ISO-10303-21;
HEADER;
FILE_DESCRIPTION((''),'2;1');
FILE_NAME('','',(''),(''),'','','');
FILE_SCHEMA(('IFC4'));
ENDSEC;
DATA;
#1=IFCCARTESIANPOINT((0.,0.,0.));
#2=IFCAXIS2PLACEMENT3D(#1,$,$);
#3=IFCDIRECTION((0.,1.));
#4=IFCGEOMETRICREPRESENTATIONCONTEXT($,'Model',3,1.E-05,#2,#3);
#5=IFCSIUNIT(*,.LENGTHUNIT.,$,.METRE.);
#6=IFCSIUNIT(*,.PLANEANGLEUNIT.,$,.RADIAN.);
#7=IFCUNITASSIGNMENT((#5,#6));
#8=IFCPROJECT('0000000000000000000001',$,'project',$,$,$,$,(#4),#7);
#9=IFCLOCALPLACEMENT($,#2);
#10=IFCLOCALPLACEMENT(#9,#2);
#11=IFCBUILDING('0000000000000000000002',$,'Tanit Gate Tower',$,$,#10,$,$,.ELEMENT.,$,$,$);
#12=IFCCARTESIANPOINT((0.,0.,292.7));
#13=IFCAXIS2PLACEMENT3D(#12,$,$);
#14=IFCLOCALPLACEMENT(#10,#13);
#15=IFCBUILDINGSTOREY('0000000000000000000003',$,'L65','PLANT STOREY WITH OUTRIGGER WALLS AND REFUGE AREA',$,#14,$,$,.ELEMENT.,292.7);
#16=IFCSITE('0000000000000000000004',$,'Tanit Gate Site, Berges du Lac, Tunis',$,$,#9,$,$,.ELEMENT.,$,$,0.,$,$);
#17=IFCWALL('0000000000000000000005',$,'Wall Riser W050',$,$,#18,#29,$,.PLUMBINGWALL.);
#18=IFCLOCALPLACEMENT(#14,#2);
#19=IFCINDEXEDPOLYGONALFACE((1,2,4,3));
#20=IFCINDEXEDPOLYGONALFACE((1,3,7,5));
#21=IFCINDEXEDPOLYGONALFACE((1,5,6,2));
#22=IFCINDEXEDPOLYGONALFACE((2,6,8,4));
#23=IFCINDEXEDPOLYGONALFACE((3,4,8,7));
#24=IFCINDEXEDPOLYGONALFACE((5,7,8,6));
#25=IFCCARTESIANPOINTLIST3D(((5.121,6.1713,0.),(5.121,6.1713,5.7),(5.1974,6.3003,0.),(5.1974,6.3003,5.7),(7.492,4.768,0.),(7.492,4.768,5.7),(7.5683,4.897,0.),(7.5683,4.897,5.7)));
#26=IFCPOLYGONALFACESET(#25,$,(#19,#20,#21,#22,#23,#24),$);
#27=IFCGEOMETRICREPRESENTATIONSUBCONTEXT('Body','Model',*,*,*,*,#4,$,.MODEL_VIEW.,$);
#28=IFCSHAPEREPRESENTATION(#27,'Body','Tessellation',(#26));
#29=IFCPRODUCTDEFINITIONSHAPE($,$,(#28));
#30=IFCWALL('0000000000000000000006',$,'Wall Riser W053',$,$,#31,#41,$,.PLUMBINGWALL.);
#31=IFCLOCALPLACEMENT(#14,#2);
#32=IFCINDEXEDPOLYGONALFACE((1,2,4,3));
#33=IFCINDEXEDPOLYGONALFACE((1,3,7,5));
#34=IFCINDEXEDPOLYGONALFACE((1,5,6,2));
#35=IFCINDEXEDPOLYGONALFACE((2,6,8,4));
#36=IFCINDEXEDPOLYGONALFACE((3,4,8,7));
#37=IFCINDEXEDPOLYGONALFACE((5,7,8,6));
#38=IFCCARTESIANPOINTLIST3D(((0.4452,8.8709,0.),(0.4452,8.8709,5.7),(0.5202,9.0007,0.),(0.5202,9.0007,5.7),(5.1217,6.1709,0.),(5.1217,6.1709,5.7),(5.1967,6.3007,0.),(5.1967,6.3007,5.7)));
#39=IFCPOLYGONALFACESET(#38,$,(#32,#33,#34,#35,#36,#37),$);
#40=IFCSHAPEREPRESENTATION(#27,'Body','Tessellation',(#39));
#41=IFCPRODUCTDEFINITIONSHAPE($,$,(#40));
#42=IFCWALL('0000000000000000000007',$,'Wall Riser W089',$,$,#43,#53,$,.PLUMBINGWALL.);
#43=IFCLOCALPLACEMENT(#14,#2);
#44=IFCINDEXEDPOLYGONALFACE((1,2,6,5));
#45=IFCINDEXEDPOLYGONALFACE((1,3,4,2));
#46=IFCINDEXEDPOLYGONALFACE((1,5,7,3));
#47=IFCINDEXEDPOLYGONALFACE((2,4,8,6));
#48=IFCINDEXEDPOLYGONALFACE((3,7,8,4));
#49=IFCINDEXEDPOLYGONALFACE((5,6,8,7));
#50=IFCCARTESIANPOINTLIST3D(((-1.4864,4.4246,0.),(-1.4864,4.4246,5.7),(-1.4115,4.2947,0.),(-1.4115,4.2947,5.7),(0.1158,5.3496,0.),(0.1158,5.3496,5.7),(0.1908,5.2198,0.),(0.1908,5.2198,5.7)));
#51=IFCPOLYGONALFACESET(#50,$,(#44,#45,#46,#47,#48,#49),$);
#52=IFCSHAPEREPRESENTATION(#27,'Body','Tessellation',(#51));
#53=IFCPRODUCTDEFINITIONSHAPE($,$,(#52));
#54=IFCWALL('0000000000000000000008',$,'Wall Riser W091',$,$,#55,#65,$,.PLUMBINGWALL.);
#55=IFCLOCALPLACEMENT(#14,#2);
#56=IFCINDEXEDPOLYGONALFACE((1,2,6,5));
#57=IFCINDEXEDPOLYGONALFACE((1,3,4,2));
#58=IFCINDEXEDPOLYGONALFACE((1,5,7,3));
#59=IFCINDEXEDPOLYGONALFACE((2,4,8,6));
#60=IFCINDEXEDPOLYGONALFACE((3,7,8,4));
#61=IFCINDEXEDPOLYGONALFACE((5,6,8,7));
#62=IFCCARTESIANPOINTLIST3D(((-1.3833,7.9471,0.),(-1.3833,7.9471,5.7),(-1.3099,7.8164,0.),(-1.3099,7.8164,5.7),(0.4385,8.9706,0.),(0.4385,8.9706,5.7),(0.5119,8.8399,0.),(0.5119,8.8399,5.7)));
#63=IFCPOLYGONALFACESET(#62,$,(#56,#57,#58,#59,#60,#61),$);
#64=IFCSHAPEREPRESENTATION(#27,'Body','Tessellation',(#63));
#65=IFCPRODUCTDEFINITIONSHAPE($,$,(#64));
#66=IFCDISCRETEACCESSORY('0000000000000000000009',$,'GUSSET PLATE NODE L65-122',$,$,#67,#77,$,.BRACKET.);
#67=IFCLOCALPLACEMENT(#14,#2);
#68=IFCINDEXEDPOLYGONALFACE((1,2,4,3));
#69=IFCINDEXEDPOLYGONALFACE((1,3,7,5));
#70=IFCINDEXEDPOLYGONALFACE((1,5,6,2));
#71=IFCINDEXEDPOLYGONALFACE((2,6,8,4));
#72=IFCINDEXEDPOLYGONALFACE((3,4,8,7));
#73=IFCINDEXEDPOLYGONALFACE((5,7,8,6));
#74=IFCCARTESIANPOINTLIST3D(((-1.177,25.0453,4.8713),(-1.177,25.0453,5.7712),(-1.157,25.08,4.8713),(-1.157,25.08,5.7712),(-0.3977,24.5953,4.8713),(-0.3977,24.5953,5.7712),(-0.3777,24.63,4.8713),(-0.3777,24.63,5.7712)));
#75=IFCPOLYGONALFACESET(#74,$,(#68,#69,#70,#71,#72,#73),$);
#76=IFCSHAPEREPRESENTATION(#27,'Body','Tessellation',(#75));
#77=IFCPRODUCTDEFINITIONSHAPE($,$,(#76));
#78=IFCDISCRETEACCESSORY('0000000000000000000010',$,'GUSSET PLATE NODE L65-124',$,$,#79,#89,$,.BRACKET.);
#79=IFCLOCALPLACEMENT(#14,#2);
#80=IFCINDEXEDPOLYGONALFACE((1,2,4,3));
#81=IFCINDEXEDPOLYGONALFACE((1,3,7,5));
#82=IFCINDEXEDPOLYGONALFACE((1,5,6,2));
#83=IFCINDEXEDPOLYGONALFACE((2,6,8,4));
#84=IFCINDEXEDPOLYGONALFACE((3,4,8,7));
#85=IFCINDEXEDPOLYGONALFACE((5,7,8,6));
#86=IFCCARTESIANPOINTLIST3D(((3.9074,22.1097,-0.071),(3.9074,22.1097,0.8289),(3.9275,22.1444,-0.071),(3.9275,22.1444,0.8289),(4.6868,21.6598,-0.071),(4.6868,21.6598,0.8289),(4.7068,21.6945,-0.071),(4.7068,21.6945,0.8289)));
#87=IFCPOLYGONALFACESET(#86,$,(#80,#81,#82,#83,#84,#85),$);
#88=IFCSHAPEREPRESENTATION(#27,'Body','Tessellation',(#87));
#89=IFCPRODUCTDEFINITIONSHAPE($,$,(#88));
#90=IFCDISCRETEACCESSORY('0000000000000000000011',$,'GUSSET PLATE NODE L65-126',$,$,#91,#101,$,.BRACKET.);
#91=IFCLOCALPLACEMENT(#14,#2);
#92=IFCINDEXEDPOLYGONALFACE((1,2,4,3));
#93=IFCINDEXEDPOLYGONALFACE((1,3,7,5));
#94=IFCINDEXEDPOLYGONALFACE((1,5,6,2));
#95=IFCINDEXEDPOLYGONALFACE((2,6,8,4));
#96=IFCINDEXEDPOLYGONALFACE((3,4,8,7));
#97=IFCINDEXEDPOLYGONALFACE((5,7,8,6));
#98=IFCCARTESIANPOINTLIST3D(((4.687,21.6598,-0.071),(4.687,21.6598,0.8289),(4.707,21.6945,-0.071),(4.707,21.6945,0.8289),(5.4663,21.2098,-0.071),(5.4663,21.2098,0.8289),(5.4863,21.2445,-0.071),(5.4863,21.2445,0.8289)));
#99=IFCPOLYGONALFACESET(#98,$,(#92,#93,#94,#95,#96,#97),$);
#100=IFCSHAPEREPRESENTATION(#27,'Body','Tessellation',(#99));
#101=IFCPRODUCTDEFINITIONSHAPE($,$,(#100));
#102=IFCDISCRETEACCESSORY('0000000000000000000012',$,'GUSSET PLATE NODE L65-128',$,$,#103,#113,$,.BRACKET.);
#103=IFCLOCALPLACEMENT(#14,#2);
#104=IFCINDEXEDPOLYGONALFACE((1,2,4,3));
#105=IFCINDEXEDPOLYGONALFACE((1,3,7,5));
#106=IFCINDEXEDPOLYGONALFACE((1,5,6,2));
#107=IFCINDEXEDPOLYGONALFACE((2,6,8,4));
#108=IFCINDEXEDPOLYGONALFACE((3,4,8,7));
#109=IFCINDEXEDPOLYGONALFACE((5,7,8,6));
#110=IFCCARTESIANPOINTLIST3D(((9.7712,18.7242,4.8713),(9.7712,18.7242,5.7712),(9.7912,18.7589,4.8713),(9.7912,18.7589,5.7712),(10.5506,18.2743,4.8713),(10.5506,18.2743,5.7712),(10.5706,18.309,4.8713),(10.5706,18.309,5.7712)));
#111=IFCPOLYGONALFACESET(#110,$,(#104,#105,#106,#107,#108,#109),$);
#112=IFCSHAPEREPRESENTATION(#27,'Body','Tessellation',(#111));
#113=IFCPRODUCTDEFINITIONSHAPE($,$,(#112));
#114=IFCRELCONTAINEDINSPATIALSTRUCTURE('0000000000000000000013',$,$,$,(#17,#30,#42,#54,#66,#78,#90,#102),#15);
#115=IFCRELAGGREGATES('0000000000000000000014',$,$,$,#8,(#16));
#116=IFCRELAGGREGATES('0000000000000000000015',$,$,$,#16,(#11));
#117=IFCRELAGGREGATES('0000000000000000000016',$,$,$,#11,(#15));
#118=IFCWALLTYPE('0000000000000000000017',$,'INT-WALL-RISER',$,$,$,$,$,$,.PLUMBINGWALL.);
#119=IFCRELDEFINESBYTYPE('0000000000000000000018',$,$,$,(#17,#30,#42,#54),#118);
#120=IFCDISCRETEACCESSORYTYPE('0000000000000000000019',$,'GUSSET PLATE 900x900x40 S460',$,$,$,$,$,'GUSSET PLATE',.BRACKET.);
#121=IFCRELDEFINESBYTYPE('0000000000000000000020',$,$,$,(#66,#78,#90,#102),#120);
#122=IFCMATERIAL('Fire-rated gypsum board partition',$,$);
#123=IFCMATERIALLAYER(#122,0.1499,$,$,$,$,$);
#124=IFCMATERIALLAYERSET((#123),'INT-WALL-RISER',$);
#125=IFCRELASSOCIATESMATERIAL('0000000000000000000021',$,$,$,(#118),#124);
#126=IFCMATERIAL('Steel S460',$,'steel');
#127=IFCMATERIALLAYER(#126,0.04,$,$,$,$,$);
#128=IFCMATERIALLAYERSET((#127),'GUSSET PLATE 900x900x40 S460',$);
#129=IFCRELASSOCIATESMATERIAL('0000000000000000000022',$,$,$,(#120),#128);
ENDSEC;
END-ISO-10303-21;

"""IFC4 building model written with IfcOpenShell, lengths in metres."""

from ifc_helpers import new_model, si_unit, direction, frame, frame_2d, origin, origin_2d, place, context, subcontext, project, spatial, rectangle, extrude, material, layer, layer_set, type_object, element, save


model = new_model("IFC4")

# Units and contexts
model_context = context("Model", 3, precision=1e-05, world=origin(), true_north=direction((0.0, 1.0)))
body_context = subcontext(model_context, "Body", "Model", "MODEL_VIEW")
ifc_project = project(units=[si_unit("LENGTHUNIT", "METRE"), si_unit("PLANEANGLEUNIT", "RADIAN")], contexts=[model_context])

# Site, building, storey
site_placement = place(None, origin())
site = spatial("IfcSite", under=ifc_project, at=site_placement, Name="Tanit Gate Site, Berges du Lac, Tunis", CompositionType="ELEMENT", RefElevation=0.0)
building_placement = place(site_placement, origin())
building = spatial("IfcBuilding", under=site, at=building_placement, Name="Tanit Gate Tower", CompositionType="ELEMENT")
storey_placement = place(building_placement, frame((0.0, 0.0, 292.7)))
storey = spatial("IfcBuildingStorey", under=building, at=storey_placement, Name="L65", Description="PLANT STOREY WITH OUTRIGGER WALLS AND REFUGE AREA", CompositionType="ELEMENT", Elevation=292.7)

# Walls
ifc_material_1 = material(Name="Fire-rated gypsum board partition")
ifc_layer_1 = layer(ifc_material_1, 0.1499)
ifc_layer_set_1 = layer_set([ifc_layer_1], Name="INT-WALL-RISER")
wall_type_1 = type_object("IfcWallType", Name="INT-WALL-RISER", PredefinedType="PLUMBINGWALL", material=ifc_layer_set_1)
wall_1_placement = place(storey_placement, frame((7.53, 4.8325, 0.0), z_axis=(0.0, 0.0, 1.0), x_axis=(-0.860551, 0.509365, 0.0)))
element("IfcWall", 1, at=wall_1_placement, inside=storey, type_object=wall_type_1, Name="Wall Riser W050", PredefinedType="PLUMBINGWALL", context=body_context, shape_type="SweptSolid", body=[
    extrude(rectangle(XDim=2.7551, YDim=0.1499, at=frame_2d((1.3774, 0.0))), origin(), (0.0, 0.0, 1.0), 5.7),
])
wall_2_placement = place(storey_placement, frame((5.1592, 6.2358, 0.0), z_axis=(0.0, 0.0, 1.0), x_axis=(-0.866028, 0.499995, 0.0)))
element("IfcWall", 2, at=wall_2_placement, inside=storey, type_object=wall_type_1, Name="Wall Riser W053", PredefinedType="PLUMBINGWALL", context=body_context, shape_type="SweptSolid", body=[
    extrude(rectangle(XDim=5.3999, YDim=0.1499, at=frame_2d((2.7, 0.0))), origin(), (0.0, 0.0, 1.0), 5.7),
])
wall_3_placement = place(storey_placement, frame((0.1533, 5.2847, 0.0), z_axis=(0.0, 0.0, 1.0), x_axis=(-0.866034, -0.499985, 0.0)))
element("IfcWall", 3, at=wall_3_placement, inside=storey, type_object=wall_type_1, Name="Wall Riser W089", PredefinedType="PLUMBINGWALL", context=body_context, shape_type="SweptSolid", body=[
    extrude(rectangle(XDim=1.8501, YDim=0.1499, at=frame_2d((0.925, 0.0))), origin(), (0.0, 0.0, 1.0), 5.7),
])
wall_4_placement = place(storey_placement, frame((0.4753, 8.9053, 0.0), z_axis=(0.0, 0.0, 1.0), x_axis=(-0.871844, -0.489784, 0.0)))
element("IfcWall", 4, at=wall_4_placement, inside=storey, type_object=wall_type_1, Name="Wall Riser W091", PredefinedType="PLUMBINGWALL", context=body_context, shape_type="SweptSolid", body=[
    extrude(rectangle(XDim=2.0896, YDim=0.1499, at=frame_2d((1.0449, 0.0))), origin(), (0.0, 0.0, 1.0), 5.7),
])

# Discrete accessories
ifc_material_2 = material(Name="Steel S460", Category="steel")
ifc_layer_2 = layer(ifc_material_2, 0.04)
ifc_layer_set_2 = layer_set([ifc_layer_2], Name="GUSSET PLATE 900x900x40 S460")
discrete_accessory_type = type_object("IfcDiscreteAccessoryType", Name="GUSSET PLATE 900x900x40 S460", ElementType="GUSSET PLATE", PredefinedType="BRACKET", material=ifc_layer_set_2)
for number, where, z_axis, x_axis, name in (
    (5, (-0.7773, 24.8376, 4.8713), (0.0, 0.0, 1.0), (0.866025, -0.5, 0.0), "GUSSET PLATE NODE L65-122"),
    (6, (4.3071, 21.9021, -0.071), (0.0, 0.0, 1.0), (-0.866025, 0.5, 0.0), "GUSSET PLATE NODE L65-124"),
    (7, (5.0867, 21.4521, -0.071), (0.0, 0.0, 1.0), (0.866025, -0.5, 0.0), "GUSSET PLATE NODE L65-126"),
    (8, (10.1709, 18.5166, 4.8713), (0.0, 0.0, 1.0), (-0.866025, 0.5, 0.0), "GUSSET PLATE NODE L65-128"),
):
    element("IfcDiscreteAccessory", number, at=place(storey_placement, frame(where, z_axis=z_axis, x_axis=x_axis)), inside=storey, type_object=discrete_accessory_type, Name=name, PredefinedType="BRACKET", context=body_context, shape_type="SweptSolid", body=[
        extrude(rectangle(XDim=0.8999, YDim=0.04, at=origin_2d()), origin(), (0.0, 0.0, 1.0), 0.8999),
    ])

save(model, "model.ifc")
